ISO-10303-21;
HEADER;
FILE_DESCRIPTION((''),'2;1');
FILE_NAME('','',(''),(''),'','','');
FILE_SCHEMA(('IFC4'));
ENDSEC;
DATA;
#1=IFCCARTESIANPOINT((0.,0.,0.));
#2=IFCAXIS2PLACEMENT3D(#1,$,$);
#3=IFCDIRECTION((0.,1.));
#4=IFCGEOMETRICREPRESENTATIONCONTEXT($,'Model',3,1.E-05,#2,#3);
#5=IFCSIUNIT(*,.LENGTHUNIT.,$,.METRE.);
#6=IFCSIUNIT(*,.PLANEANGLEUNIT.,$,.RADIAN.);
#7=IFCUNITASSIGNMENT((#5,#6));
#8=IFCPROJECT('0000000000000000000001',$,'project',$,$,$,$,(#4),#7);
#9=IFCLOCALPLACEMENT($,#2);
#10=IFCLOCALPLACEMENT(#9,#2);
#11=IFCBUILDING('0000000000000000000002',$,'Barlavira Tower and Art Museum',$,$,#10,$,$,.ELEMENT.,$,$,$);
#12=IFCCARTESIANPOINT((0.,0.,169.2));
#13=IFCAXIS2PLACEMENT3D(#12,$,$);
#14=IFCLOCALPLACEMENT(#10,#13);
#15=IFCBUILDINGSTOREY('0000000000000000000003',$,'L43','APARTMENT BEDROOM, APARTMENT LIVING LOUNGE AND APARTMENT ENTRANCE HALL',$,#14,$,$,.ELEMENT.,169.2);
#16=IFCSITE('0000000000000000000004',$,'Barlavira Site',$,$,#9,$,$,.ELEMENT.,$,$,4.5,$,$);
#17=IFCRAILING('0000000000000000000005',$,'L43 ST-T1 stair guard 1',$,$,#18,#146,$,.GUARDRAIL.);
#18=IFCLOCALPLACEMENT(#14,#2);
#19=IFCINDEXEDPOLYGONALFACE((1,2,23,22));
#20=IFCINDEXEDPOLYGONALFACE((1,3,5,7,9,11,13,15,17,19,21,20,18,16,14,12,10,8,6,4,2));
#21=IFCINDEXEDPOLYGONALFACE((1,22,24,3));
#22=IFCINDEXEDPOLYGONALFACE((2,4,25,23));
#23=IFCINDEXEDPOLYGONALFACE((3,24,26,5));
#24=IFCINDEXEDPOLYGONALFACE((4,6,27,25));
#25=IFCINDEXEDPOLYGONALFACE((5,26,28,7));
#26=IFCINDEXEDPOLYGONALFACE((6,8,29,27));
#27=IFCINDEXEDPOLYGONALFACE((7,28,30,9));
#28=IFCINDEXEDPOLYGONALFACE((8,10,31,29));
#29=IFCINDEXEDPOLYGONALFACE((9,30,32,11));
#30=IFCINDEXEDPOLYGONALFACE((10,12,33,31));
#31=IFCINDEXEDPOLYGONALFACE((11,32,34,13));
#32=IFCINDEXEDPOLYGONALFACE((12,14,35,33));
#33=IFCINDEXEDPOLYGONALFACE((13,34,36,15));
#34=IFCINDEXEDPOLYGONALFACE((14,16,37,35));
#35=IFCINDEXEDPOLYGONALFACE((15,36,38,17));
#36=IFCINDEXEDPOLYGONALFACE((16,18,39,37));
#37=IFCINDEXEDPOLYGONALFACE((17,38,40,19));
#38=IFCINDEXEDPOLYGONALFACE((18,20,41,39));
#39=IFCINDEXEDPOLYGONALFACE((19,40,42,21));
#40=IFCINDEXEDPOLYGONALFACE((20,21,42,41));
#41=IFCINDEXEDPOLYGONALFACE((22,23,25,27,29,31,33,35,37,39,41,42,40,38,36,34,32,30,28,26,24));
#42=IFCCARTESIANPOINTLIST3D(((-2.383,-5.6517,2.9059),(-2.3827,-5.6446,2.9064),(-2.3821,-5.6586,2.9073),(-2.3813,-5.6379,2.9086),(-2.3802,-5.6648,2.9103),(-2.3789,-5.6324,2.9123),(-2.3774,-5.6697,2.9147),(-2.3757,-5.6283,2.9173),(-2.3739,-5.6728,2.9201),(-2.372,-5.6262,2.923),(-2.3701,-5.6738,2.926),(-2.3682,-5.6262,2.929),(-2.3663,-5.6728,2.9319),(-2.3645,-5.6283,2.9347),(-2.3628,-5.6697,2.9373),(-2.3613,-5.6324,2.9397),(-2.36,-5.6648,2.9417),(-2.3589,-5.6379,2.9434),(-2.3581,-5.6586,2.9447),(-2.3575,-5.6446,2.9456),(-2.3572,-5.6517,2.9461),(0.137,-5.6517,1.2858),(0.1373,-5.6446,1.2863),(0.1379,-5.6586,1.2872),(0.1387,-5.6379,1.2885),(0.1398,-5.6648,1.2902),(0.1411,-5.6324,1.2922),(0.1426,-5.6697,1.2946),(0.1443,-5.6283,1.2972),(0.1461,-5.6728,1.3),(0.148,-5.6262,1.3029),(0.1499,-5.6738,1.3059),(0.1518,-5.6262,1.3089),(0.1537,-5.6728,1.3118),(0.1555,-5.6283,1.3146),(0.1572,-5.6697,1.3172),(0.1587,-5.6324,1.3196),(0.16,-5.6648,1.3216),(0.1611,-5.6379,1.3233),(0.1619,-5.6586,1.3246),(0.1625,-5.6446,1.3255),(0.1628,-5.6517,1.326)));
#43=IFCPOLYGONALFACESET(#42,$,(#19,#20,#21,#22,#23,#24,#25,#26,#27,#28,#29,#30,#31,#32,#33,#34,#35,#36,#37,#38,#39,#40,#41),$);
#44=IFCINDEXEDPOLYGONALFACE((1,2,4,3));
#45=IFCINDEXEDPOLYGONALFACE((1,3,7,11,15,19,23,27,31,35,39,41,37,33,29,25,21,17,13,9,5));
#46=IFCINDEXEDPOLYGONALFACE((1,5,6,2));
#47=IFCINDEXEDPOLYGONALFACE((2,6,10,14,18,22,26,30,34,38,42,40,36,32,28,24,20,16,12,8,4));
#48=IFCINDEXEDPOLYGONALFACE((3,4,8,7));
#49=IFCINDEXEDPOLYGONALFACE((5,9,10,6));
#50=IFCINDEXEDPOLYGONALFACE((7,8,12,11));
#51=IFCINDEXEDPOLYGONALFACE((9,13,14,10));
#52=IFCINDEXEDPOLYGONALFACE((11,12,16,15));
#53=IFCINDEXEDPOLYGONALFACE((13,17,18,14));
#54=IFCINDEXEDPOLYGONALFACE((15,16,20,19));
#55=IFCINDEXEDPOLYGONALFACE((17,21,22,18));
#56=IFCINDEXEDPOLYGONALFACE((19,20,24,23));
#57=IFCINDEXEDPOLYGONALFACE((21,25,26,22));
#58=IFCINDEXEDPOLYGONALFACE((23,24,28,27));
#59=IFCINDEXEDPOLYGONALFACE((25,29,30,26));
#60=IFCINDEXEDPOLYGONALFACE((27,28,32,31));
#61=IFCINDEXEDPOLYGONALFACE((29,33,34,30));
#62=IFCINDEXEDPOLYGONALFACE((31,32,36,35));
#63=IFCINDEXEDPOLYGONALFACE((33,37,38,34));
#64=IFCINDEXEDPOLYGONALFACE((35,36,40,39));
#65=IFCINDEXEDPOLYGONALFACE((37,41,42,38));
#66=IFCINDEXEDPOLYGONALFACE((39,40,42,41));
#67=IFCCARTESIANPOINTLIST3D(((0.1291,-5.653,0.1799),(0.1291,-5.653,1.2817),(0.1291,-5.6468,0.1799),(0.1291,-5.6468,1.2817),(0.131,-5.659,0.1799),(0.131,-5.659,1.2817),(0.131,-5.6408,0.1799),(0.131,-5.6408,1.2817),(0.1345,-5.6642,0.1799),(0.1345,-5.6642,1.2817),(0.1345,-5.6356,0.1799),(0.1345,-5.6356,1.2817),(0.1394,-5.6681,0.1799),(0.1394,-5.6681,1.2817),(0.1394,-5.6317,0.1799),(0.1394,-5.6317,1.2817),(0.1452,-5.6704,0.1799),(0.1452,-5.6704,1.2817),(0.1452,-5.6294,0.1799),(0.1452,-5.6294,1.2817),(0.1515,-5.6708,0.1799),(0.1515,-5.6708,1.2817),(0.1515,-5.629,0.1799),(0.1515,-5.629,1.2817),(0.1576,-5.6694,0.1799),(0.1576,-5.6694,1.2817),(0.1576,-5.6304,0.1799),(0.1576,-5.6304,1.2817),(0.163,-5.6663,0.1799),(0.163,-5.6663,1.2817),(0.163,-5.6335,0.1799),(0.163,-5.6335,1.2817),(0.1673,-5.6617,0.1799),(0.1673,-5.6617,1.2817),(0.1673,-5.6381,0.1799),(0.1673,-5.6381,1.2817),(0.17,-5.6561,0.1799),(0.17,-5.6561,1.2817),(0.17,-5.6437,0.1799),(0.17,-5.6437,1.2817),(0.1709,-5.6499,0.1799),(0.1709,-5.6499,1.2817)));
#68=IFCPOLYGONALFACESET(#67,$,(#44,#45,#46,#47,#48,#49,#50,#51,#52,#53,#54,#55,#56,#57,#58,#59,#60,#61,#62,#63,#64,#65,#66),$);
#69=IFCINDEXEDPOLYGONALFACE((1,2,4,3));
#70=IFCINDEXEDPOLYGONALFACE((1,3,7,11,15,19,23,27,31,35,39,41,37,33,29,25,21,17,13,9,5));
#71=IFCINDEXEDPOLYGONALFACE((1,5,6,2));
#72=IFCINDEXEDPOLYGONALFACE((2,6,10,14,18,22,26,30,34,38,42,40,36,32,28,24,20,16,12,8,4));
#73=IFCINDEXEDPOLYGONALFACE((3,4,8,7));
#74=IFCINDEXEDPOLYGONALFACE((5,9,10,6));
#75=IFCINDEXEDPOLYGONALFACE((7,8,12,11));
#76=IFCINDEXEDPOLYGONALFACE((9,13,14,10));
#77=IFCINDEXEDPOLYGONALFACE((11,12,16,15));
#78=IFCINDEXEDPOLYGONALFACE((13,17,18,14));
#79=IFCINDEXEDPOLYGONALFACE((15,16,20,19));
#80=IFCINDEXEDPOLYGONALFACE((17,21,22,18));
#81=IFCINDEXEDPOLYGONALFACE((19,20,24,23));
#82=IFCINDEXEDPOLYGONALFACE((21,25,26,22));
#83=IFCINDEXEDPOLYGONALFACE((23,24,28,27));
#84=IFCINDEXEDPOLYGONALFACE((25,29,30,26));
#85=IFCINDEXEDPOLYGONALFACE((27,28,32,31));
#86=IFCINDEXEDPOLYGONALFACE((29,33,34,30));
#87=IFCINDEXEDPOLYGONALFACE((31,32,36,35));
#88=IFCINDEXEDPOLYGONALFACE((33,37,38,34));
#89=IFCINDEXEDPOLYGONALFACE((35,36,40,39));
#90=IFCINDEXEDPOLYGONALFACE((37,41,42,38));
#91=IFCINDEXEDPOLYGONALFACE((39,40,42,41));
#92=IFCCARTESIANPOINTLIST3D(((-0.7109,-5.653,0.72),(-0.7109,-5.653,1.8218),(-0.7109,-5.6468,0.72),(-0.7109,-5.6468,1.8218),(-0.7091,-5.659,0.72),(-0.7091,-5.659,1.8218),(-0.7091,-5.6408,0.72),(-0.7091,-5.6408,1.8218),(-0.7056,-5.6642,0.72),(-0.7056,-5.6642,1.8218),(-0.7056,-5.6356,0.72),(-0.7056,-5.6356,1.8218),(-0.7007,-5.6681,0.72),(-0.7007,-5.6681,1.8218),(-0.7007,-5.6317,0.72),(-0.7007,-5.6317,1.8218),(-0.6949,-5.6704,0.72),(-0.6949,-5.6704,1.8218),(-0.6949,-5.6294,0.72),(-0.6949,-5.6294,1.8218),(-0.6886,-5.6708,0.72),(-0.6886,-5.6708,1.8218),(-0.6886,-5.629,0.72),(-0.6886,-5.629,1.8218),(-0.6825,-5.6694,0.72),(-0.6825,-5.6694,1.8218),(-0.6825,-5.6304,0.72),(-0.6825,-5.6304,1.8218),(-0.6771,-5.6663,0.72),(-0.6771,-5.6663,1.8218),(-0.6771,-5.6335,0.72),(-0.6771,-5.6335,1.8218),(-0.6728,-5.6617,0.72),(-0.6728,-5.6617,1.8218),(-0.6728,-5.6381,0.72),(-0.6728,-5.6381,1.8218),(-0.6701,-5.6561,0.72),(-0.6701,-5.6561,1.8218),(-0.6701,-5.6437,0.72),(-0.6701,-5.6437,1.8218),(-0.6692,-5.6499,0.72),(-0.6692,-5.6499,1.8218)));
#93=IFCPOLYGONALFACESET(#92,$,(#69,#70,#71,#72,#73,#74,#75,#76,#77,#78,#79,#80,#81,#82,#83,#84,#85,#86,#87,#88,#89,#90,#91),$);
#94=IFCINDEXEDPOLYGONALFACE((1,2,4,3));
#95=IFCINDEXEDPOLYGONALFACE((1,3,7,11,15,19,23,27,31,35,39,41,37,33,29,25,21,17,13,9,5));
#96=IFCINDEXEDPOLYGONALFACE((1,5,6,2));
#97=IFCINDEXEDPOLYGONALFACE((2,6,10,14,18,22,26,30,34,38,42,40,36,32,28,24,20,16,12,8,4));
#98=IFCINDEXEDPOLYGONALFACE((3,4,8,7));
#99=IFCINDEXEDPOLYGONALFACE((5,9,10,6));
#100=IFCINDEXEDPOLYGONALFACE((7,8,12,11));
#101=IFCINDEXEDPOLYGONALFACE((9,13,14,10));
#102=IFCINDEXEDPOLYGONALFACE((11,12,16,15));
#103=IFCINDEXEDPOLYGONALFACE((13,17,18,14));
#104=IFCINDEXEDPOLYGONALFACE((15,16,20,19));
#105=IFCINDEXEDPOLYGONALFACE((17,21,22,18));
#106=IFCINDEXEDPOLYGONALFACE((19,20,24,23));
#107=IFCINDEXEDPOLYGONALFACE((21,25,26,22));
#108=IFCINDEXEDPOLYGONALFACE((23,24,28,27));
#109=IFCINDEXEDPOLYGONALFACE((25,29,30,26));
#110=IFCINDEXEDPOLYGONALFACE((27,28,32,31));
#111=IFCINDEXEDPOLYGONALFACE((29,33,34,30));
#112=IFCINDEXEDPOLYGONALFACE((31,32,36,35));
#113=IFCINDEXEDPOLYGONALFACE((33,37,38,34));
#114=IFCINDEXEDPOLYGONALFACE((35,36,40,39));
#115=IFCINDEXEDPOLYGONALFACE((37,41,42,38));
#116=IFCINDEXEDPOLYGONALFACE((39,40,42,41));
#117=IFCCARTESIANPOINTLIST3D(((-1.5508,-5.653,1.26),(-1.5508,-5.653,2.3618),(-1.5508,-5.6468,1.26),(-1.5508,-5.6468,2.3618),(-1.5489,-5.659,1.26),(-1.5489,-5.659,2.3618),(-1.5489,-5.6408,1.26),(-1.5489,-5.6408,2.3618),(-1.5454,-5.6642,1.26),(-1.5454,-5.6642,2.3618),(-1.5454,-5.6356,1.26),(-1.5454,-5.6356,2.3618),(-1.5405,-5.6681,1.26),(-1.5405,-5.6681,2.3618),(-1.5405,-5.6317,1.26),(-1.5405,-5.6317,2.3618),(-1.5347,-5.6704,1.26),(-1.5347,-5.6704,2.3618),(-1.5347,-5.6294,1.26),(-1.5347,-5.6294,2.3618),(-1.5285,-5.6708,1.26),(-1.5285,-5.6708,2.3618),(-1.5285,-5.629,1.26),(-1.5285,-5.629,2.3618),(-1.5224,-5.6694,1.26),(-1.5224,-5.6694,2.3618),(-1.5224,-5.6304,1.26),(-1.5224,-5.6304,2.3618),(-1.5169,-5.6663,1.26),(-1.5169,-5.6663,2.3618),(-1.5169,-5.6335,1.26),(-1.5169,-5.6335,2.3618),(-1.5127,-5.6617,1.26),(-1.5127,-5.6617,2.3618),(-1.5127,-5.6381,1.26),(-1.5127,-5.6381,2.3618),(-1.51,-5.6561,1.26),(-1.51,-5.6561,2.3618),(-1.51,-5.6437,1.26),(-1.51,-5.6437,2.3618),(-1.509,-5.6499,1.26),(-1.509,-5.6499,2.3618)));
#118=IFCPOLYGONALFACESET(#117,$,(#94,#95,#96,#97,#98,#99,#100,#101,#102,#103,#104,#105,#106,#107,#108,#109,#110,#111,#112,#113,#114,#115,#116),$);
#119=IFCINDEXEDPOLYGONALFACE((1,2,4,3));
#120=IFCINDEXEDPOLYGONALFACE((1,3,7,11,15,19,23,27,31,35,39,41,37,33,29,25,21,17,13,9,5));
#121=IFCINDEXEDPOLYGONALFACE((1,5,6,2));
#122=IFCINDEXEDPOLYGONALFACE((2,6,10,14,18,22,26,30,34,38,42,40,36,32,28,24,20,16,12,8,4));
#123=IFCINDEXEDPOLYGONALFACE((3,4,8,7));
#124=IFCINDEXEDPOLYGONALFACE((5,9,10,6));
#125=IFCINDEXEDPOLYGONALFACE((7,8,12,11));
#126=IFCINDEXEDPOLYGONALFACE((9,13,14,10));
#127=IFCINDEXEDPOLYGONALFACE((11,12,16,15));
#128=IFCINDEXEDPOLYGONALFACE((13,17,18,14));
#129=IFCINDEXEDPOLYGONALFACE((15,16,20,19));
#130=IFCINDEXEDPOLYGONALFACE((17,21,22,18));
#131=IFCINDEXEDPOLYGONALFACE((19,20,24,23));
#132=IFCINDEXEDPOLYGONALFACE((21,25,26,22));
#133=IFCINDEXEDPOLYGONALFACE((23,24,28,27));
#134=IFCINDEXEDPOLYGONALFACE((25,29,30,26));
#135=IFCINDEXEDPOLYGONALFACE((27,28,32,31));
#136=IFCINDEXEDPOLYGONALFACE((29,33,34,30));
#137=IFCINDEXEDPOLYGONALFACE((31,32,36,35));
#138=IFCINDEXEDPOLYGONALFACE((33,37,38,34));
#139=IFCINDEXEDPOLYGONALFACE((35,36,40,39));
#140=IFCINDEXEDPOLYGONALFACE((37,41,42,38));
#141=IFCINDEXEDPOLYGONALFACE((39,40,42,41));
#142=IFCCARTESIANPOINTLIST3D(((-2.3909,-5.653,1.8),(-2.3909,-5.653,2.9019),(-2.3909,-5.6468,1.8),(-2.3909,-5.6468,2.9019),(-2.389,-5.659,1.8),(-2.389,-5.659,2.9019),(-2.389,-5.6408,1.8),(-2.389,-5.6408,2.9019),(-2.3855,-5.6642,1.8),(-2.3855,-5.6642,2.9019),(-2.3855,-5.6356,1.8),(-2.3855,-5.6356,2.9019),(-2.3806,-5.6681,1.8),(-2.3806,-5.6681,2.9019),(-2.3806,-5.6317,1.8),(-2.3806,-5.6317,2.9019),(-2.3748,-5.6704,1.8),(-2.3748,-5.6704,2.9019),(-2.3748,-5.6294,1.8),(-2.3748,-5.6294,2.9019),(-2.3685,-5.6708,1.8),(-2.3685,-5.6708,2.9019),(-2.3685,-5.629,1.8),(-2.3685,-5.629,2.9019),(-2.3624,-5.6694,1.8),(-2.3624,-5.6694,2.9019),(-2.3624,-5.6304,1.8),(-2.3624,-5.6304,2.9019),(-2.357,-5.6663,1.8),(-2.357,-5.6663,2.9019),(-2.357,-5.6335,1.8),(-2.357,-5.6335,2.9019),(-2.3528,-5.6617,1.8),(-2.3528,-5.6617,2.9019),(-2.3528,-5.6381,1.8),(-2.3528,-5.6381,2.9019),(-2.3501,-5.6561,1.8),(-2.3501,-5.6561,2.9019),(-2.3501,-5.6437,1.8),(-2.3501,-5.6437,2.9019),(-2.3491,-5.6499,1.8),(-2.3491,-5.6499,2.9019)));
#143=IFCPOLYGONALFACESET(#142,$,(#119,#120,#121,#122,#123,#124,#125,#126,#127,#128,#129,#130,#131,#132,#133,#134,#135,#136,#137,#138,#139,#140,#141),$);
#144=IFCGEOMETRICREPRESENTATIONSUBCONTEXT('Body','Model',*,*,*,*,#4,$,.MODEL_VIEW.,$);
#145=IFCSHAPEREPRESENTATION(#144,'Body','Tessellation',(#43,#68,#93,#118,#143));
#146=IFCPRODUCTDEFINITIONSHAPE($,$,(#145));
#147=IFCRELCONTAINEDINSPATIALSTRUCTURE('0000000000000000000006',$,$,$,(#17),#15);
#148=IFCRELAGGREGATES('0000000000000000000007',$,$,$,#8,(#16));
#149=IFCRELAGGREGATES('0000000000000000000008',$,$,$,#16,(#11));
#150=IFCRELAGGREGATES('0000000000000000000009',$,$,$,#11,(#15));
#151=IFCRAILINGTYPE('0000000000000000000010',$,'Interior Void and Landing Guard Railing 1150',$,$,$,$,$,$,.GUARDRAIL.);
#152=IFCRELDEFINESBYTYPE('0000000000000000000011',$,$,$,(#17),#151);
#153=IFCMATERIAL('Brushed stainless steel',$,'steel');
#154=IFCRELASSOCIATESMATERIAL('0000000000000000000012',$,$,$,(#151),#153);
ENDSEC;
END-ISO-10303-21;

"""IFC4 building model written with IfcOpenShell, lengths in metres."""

from ifc_helpers import new_model, si_unit, direction, frame, origin, origin_2d, place, context, subcontext, project, spatial, circle, extrude, material, type_object, element, save


model = new_model("IFC4")

# Units and contexts
model_context = context("Model", 3, precision=1e-05, world=origin(), true_north=direction((0.0, 1.0)))
body_context = subcontext(model_context, "Body", "Model", "MODEL_VIEW")
ifc_project = project(units=[si_unit("LENGTHUNIT", "METRE"), si_unit("PLANEANGLEUNIT", "RADIAN")], contexts=[model_context])

# Site, building, storey
site_placement = place(None, origin())
site = spatial("IfcSite", under=ifc_project, at=site_placement, Name="Barlavira Site", CompositionType="ELEMENT", RefElevation=4.5)
building_placement = place(site_placement, origin())
building = spatial("IfcBuilding", under=site, at=building_placement, Name="Barlavira Tower and Art Museum", CompositionType="ELEMENT")
storey_placement = place(building_placement, frame((0.0, 0.0, 169.2)))
storey = spatial("IfcBuildingStorey", under=building, at=storey_placement, Name="L43", Description="APARTMENT BEDROOM, APARTMENT LIVING LOUNGE AND APARTMENT ENTRANCE HALL", CompositionType="ELEMENT", Elevation=169.2)

# Shared definitions
ifc_material_1 = material(Name="Brushed stainless steel", Category="steel")

# Railing
railing_type_1 = type_object("IfcRailingType", Name="Interior Void and Landing Guard Railing 1150", PredefinedType="GUARDRAIL", material=ifc_material_1)
railing_1_placement = place(storey_placement, frame((0.1499, -5.6499, 0.1799)))
element("IfcRailing", 1, at=railing_1_placement, inside=storey, type_object=railing_type_1, Name="L43 ST-T1 stair guard 1", PredefinedType="GUARDRAIL", context=body_context, shape_type="SweptSolid", body=[
    extrude(circle(Radius=0.0239, at=origin_2d()), frame((0.0, 0.0, 1.126), z_axis=(-0.841163, 0.0, 0.540782), x_axis=(0.0, -1.0, 0.0)), (0.0, 0.0, 1.0), 2.9958),
    extrude(circle(Radius=0.021, at=origin_2d()), origin(), (0.0, 0.0, 1.0), 1.1018),
    extrude(circle(Radius=0.021, at=origin_2d()), frame((-0.8401, 0.0, 0.54)), (0.0, 0.0, 1.0), 1.1018),
    extrude(circle(Radius=0.021, at=origin_2d()), frame((-1.6799, 0.0, 1.0801)), (0.0, 0.0, 1.0), 1.1018),
    extrude(circle(Radius=0.021, at=origin_2d()), frame((-2.52, 0.0, 1.6201)), (0.0, 0.0, 1.0), 1.1018),
])

save(model, "model.ifc")
